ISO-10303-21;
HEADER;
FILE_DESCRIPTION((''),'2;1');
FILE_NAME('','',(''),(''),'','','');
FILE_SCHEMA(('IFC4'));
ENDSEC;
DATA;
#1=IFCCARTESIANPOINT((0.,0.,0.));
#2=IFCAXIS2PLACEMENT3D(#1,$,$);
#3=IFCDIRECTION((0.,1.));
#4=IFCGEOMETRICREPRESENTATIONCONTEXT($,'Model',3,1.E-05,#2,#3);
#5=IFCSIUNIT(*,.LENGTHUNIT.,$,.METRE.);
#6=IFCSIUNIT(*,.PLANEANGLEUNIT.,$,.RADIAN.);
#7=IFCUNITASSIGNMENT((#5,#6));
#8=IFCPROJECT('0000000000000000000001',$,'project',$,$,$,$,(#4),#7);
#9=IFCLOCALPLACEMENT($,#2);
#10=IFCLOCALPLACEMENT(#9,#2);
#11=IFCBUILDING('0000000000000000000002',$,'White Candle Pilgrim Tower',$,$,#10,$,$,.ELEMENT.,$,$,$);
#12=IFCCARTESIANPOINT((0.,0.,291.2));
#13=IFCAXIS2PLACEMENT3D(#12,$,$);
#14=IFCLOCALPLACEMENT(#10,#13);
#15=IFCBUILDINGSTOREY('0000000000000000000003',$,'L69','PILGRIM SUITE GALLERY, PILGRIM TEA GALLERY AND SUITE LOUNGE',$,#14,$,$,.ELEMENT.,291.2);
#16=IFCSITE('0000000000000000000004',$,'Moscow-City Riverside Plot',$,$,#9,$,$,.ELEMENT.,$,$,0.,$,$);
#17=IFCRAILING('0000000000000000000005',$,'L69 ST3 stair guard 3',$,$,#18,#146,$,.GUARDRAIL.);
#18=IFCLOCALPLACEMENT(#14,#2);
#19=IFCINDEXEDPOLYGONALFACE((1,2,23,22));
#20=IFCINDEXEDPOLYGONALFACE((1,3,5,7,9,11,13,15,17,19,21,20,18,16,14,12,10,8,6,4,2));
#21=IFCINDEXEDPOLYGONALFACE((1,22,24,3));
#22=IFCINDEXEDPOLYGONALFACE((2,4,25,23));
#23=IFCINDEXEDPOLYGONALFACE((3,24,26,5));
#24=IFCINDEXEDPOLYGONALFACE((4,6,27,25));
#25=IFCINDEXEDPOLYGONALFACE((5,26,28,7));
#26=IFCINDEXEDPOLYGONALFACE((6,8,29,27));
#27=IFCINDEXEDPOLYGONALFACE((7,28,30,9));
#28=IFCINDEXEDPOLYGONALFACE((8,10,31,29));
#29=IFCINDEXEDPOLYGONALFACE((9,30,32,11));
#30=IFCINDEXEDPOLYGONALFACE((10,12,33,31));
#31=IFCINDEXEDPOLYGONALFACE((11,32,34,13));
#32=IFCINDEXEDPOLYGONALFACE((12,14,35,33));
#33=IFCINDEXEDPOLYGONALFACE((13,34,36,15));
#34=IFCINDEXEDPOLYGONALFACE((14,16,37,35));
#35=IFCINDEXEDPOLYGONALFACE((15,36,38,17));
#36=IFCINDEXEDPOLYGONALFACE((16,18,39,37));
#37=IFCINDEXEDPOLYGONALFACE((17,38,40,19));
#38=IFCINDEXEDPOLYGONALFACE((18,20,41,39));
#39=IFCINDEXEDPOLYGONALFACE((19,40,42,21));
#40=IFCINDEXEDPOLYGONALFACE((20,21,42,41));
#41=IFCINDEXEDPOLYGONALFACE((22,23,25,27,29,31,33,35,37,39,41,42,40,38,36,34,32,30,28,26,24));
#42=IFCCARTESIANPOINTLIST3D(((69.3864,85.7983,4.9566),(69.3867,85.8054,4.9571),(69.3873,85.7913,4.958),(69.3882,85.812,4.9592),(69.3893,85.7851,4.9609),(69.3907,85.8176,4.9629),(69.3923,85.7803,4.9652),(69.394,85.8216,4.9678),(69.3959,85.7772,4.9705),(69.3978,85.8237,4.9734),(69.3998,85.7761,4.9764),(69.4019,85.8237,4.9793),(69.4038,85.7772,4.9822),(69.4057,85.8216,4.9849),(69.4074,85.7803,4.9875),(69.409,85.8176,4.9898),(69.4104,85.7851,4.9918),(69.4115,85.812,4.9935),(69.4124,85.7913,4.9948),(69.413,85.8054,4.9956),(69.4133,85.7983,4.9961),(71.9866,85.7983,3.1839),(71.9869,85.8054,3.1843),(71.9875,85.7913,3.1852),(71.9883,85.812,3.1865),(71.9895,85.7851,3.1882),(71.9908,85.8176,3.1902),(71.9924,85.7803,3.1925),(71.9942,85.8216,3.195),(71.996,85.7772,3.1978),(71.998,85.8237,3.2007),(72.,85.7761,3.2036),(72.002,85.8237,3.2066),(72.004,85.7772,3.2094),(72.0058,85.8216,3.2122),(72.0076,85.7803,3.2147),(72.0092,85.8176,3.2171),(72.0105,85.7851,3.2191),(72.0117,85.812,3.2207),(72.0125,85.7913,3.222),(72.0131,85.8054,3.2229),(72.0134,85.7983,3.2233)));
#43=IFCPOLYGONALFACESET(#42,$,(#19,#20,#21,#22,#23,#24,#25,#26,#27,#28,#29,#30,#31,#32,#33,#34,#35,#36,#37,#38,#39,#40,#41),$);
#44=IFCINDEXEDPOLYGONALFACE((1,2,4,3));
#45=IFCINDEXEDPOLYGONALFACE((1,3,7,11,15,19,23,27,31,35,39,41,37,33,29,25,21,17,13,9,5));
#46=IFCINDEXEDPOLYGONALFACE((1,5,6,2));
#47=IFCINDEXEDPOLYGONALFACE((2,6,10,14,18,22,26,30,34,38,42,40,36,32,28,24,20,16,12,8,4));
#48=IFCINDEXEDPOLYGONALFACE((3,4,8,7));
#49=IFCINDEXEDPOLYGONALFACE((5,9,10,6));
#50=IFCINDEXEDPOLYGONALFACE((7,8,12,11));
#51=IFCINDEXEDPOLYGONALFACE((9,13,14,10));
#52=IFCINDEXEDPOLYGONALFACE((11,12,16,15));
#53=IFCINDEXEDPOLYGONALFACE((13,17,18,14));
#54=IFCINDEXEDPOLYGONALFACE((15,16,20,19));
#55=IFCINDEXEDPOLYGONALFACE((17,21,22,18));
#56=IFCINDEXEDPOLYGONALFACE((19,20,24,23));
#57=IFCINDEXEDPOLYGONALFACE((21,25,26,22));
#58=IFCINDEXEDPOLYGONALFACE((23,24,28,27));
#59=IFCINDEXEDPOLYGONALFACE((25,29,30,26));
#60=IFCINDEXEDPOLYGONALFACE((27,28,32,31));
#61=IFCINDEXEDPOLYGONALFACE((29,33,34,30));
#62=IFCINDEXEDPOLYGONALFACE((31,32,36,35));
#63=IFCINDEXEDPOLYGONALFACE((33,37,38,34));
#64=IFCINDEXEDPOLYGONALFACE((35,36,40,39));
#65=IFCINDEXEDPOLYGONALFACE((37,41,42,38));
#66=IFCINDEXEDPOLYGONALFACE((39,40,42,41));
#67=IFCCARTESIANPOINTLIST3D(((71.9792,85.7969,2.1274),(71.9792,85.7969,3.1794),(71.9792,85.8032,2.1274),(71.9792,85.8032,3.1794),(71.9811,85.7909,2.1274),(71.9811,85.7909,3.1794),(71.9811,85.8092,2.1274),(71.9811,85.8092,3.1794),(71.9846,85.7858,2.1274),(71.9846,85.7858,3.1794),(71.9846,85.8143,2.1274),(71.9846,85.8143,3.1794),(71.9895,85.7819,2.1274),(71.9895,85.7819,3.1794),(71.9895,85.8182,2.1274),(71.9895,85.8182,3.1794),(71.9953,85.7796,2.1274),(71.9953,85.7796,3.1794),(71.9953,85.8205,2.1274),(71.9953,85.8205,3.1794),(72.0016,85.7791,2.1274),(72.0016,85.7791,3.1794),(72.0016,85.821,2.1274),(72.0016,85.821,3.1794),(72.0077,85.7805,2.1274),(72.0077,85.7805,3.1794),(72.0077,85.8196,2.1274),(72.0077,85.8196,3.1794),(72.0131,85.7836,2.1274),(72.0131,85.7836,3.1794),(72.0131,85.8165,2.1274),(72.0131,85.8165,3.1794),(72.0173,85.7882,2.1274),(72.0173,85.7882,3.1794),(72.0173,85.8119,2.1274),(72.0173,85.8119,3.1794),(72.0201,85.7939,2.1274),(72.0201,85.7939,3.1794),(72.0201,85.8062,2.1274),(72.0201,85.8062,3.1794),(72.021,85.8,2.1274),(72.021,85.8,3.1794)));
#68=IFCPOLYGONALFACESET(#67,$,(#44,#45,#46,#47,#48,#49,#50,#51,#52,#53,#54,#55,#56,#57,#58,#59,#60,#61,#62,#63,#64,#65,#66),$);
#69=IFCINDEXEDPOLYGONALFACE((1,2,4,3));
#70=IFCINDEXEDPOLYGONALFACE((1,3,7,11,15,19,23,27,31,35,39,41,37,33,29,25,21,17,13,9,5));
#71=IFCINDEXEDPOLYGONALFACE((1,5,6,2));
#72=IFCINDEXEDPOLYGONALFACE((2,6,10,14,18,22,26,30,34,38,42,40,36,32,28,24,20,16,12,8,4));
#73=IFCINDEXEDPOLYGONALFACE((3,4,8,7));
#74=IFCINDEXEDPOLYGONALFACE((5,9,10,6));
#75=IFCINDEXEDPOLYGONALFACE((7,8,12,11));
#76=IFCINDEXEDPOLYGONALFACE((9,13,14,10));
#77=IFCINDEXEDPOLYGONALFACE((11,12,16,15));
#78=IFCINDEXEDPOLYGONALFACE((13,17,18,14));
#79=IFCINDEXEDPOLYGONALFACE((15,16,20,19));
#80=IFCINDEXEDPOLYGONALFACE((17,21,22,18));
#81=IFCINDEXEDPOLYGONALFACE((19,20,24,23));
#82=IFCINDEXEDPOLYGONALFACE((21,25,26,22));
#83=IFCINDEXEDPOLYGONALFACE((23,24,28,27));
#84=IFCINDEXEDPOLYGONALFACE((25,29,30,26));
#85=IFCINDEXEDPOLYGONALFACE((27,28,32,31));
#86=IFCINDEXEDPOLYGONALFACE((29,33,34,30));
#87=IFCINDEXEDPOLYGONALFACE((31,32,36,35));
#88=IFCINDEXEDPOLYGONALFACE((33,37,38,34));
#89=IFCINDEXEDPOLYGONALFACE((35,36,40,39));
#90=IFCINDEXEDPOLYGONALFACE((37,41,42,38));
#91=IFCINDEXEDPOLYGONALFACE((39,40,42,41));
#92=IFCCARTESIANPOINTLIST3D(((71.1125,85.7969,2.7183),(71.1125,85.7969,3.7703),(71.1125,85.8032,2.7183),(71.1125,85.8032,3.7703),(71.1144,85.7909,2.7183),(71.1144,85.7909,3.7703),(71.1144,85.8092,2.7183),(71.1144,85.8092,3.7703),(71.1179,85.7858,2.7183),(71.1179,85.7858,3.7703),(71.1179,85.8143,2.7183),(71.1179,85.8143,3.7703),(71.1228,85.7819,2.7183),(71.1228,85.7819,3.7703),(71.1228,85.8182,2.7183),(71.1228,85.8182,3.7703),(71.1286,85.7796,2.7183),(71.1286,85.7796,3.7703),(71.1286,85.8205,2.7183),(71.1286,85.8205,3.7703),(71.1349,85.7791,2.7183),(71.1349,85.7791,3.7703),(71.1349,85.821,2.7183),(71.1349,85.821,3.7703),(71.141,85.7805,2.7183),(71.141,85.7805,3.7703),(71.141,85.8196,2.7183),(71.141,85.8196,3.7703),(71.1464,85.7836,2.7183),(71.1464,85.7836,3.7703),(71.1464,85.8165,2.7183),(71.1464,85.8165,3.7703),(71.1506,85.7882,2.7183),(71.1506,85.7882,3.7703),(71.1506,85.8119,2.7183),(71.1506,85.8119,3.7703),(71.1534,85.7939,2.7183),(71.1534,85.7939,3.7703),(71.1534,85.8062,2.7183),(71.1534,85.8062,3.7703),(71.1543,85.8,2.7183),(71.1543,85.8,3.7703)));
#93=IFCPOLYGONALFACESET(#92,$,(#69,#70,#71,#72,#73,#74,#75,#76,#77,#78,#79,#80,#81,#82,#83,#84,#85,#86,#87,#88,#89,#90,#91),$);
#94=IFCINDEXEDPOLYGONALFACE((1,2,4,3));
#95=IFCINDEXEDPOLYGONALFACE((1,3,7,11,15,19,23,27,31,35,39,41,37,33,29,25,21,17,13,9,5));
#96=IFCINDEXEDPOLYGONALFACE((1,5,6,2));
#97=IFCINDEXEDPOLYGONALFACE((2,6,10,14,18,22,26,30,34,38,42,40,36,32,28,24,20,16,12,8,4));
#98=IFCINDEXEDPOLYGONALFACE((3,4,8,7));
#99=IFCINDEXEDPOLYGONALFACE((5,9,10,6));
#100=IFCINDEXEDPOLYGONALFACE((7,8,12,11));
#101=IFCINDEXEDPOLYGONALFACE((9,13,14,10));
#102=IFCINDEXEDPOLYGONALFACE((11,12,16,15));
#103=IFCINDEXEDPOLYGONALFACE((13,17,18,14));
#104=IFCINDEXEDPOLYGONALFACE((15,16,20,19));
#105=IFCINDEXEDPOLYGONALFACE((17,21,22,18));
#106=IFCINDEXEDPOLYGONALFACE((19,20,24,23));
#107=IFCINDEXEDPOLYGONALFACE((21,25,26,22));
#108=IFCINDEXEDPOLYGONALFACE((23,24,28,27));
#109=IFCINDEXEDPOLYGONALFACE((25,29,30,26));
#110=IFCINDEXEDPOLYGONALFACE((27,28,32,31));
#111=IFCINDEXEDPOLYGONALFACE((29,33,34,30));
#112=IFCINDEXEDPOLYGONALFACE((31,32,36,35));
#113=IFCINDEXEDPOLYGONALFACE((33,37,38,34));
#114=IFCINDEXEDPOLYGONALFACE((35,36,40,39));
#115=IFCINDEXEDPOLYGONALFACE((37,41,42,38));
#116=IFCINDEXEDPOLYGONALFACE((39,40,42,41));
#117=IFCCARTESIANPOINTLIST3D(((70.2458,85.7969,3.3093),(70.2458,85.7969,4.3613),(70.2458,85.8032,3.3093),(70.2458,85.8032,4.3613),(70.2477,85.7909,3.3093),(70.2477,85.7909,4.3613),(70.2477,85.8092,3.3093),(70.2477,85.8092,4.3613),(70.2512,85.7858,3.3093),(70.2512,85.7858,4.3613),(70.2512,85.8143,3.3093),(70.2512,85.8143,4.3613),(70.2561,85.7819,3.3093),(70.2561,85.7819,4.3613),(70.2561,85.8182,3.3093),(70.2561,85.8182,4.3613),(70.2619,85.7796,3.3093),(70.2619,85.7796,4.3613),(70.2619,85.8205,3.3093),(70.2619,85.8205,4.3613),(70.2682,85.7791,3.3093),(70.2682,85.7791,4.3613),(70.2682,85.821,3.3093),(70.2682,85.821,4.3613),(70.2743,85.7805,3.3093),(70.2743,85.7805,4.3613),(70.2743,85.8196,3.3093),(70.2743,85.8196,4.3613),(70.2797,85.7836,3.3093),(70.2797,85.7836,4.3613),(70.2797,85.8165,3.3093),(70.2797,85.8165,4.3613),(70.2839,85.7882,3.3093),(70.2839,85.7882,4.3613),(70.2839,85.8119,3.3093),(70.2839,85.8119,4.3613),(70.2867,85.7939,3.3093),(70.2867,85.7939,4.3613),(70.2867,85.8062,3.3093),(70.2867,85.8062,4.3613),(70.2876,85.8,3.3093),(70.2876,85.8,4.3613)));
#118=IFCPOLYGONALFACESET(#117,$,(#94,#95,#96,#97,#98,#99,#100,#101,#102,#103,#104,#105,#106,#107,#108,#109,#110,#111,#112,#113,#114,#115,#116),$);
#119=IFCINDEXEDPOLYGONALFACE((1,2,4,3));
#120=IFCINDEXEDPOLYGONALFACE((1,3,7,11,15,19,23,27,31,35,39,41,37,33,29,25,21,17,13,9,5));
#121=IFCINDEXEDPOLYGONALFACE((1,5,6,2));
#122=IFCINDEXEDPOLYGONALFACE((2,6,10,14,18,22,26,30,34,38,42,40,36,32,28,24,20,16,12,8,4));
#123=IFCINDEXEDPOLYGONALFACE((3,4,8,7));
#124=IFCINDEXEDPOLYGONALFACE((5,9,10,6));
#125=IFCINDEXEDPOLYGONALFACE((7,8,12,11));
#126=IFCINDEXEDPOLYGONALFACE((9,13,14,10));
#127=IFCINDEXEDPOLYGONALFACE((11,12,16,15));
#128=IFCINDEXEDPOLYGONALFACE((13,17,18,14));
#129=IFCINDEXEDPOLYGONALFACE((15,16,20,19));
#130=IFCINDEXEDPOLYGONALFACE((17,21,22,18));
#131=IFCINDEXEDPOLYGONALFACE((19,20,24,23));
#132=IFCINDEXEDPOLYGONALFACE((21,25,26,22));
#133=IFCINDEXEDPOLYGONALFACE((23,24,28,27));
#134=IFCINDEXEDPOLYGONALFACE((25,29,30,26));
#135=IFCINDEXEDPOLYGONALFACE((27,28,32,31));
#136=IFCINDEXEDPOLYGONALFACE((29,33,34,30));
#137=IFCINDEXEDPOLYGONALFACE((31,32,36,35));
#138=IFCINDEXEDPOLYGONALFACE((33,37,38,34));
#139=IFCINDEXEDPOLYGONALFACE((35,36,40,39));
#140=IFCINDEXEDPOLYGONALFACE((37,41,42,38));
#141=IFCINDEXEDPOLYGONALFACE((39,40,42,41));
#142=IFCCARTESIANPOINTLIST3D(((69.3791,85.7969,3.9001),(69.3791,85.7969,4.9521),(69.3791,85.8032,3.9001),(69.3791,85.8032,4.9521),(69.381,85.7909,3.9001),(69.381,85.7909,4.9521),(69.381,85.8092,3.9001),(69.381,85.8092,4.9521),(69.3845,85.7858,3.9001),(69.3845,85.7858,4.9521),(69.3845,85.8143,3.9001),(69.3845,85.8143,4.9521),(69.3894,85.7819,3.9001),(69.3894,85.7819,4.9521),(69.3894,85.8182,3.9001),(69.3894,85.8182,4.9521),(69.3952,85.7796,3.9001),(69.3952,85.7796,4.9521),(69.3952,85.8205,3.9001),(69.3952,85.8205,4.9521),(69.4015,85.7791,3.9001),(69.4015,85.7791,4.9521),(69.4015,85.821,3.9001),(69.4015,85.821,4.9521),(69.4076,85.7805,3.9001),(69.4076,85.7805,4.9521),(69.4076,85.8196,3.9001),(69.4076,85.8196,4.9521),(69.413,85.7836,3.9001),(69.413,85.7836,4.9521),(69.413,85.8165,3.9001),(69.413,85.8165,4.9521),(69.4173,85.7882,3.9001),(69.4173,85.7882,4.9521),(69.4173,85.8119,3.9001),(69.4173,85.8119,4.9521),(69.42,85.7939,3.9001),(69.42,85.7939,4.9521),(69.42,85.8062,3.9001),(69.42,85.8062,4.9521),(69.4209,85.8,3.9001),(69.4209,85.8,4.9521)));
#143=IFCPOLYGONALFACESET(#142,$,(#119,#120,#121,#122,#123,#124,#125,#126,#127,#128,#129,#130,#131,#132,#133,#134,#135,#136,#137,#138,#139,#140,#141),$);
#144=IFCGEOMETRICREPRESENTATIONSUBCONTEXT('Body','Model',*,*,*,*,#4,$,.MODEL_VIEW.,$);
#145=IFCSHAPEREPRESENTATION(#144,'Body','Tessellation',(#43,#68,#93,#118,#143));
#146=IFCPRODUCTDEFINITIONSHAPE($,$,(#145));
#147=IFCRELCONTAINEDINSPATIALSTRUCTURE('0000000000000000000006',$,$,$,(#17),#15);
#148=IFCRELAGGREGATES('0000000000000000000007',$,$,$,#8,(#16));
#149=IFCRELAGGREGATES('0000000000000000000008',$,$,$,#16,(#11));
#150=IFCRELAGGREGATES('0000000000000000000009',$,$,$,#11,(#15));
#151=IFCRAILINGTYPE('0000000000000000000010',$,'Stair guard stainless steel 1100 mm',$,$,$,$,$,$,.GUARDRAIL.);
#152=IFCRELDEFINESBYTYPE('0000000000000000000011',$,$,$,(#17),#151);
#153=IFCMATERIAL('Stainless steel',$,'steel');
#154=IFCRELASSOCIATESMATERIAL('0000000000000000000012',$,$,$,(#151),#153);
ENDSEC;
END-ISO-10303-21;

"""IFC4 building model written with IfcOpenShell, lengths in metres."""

from ifc_helpers import new_model, si_unit, direction, frame, origin, origin_2d, place, context, subcontext, project, spatial, circle, extrude, material, type_object, element, save


model = new_model("IFC4")

# Units and contexts
model_context = context("Model", 3, precision=1e-05, world=origin(), true_north=direction((0.0, 1.0)))
body_context = subcontext(model_context, "Body", "Model", "MODEL_VIEW")
ifc_project = project(units=[si_unit("LENGTHUNIT", "METRE"), si_unit("PLANEANGLEUNIT", "RADIAN")], contexts=[model_context])

# Site, building, storey
site_placement = place(None, origin())
site = spatial("IfcSite", under=ifc_project, at=site_placement, Name="Moscow-City Riverside Plot", CompositionType="ELEMENT", RefElevation=0.0)
building_placement = place(site_placement, origin())
building = spatial("IfcBuilding", under=site, at=building_placement, Name="White Candle Pilgrim Tower", CompositionType="ELEMENT")
storey_placement = place(building_placement, frame((0.0, 0.0, 291.2)))
storey = spatial("IfcBuildingStorey", under=building, at=storey_placement, Name="L69", Description="PILGRIM SUITE GALLERY, PILGRIM TEA GALLERY AND SUITE LOUNGE", CompositionType="ELEMENT", Elevation=291.2)

# Railing
ifc_material_1 = material(Name="Stainless steel", Category="steel")
railing_type_1 = type_object("IfcRailingType", Name="Stair guard stainless steel 1100 mm", PredefinedType="GUARDRAIL", material=ifc_material_1)
railing_1_placement = place(storey_placement, frame((72.0, 85.8, 2.1274)))
element("IfcRailing", 1, at=railing_1_placement, inside=storey, type_object=railing_type_1, Name="L69 ST3 stair guard 3", PredefinedType="GUARDRAIL", context=body_context, shape_type="SweptSolid", body=[
    extrude(circle(Radius=0.0239, at=origin_2d()), frame((0.0, 0.0, 1.0762), z_axis=(-0.82624, 0.0, 0.563318), x_axis=(0.0, -1.0, 0.0)), (0.0, 0.0, 1.0), 3.147),
    extrude(circle(Radius=0.021, at=origin_2d()), origin(), (0.0, 0.0, 1.0), 1.052),
    extrude(circle(Radius=0.021, at=origin_2d()), frame((-0.8667, 0.0, 0.5908)), (0.0, 0.0, 1.0), 1.052),
    extrude(circle(Radius=0.021, at=origin_2d()), frame((-1.7334, 0.0, 1.1819)), (0.0, 0.0, 1.0), 1.052),
    extrude(circle(Radius=0.021, at=origin_2d()), frame((-2.6001, 0.0, 1.7727)), (0.0, 0.0, 1.0), 1.052),
])

save(model, "model.ifc")
